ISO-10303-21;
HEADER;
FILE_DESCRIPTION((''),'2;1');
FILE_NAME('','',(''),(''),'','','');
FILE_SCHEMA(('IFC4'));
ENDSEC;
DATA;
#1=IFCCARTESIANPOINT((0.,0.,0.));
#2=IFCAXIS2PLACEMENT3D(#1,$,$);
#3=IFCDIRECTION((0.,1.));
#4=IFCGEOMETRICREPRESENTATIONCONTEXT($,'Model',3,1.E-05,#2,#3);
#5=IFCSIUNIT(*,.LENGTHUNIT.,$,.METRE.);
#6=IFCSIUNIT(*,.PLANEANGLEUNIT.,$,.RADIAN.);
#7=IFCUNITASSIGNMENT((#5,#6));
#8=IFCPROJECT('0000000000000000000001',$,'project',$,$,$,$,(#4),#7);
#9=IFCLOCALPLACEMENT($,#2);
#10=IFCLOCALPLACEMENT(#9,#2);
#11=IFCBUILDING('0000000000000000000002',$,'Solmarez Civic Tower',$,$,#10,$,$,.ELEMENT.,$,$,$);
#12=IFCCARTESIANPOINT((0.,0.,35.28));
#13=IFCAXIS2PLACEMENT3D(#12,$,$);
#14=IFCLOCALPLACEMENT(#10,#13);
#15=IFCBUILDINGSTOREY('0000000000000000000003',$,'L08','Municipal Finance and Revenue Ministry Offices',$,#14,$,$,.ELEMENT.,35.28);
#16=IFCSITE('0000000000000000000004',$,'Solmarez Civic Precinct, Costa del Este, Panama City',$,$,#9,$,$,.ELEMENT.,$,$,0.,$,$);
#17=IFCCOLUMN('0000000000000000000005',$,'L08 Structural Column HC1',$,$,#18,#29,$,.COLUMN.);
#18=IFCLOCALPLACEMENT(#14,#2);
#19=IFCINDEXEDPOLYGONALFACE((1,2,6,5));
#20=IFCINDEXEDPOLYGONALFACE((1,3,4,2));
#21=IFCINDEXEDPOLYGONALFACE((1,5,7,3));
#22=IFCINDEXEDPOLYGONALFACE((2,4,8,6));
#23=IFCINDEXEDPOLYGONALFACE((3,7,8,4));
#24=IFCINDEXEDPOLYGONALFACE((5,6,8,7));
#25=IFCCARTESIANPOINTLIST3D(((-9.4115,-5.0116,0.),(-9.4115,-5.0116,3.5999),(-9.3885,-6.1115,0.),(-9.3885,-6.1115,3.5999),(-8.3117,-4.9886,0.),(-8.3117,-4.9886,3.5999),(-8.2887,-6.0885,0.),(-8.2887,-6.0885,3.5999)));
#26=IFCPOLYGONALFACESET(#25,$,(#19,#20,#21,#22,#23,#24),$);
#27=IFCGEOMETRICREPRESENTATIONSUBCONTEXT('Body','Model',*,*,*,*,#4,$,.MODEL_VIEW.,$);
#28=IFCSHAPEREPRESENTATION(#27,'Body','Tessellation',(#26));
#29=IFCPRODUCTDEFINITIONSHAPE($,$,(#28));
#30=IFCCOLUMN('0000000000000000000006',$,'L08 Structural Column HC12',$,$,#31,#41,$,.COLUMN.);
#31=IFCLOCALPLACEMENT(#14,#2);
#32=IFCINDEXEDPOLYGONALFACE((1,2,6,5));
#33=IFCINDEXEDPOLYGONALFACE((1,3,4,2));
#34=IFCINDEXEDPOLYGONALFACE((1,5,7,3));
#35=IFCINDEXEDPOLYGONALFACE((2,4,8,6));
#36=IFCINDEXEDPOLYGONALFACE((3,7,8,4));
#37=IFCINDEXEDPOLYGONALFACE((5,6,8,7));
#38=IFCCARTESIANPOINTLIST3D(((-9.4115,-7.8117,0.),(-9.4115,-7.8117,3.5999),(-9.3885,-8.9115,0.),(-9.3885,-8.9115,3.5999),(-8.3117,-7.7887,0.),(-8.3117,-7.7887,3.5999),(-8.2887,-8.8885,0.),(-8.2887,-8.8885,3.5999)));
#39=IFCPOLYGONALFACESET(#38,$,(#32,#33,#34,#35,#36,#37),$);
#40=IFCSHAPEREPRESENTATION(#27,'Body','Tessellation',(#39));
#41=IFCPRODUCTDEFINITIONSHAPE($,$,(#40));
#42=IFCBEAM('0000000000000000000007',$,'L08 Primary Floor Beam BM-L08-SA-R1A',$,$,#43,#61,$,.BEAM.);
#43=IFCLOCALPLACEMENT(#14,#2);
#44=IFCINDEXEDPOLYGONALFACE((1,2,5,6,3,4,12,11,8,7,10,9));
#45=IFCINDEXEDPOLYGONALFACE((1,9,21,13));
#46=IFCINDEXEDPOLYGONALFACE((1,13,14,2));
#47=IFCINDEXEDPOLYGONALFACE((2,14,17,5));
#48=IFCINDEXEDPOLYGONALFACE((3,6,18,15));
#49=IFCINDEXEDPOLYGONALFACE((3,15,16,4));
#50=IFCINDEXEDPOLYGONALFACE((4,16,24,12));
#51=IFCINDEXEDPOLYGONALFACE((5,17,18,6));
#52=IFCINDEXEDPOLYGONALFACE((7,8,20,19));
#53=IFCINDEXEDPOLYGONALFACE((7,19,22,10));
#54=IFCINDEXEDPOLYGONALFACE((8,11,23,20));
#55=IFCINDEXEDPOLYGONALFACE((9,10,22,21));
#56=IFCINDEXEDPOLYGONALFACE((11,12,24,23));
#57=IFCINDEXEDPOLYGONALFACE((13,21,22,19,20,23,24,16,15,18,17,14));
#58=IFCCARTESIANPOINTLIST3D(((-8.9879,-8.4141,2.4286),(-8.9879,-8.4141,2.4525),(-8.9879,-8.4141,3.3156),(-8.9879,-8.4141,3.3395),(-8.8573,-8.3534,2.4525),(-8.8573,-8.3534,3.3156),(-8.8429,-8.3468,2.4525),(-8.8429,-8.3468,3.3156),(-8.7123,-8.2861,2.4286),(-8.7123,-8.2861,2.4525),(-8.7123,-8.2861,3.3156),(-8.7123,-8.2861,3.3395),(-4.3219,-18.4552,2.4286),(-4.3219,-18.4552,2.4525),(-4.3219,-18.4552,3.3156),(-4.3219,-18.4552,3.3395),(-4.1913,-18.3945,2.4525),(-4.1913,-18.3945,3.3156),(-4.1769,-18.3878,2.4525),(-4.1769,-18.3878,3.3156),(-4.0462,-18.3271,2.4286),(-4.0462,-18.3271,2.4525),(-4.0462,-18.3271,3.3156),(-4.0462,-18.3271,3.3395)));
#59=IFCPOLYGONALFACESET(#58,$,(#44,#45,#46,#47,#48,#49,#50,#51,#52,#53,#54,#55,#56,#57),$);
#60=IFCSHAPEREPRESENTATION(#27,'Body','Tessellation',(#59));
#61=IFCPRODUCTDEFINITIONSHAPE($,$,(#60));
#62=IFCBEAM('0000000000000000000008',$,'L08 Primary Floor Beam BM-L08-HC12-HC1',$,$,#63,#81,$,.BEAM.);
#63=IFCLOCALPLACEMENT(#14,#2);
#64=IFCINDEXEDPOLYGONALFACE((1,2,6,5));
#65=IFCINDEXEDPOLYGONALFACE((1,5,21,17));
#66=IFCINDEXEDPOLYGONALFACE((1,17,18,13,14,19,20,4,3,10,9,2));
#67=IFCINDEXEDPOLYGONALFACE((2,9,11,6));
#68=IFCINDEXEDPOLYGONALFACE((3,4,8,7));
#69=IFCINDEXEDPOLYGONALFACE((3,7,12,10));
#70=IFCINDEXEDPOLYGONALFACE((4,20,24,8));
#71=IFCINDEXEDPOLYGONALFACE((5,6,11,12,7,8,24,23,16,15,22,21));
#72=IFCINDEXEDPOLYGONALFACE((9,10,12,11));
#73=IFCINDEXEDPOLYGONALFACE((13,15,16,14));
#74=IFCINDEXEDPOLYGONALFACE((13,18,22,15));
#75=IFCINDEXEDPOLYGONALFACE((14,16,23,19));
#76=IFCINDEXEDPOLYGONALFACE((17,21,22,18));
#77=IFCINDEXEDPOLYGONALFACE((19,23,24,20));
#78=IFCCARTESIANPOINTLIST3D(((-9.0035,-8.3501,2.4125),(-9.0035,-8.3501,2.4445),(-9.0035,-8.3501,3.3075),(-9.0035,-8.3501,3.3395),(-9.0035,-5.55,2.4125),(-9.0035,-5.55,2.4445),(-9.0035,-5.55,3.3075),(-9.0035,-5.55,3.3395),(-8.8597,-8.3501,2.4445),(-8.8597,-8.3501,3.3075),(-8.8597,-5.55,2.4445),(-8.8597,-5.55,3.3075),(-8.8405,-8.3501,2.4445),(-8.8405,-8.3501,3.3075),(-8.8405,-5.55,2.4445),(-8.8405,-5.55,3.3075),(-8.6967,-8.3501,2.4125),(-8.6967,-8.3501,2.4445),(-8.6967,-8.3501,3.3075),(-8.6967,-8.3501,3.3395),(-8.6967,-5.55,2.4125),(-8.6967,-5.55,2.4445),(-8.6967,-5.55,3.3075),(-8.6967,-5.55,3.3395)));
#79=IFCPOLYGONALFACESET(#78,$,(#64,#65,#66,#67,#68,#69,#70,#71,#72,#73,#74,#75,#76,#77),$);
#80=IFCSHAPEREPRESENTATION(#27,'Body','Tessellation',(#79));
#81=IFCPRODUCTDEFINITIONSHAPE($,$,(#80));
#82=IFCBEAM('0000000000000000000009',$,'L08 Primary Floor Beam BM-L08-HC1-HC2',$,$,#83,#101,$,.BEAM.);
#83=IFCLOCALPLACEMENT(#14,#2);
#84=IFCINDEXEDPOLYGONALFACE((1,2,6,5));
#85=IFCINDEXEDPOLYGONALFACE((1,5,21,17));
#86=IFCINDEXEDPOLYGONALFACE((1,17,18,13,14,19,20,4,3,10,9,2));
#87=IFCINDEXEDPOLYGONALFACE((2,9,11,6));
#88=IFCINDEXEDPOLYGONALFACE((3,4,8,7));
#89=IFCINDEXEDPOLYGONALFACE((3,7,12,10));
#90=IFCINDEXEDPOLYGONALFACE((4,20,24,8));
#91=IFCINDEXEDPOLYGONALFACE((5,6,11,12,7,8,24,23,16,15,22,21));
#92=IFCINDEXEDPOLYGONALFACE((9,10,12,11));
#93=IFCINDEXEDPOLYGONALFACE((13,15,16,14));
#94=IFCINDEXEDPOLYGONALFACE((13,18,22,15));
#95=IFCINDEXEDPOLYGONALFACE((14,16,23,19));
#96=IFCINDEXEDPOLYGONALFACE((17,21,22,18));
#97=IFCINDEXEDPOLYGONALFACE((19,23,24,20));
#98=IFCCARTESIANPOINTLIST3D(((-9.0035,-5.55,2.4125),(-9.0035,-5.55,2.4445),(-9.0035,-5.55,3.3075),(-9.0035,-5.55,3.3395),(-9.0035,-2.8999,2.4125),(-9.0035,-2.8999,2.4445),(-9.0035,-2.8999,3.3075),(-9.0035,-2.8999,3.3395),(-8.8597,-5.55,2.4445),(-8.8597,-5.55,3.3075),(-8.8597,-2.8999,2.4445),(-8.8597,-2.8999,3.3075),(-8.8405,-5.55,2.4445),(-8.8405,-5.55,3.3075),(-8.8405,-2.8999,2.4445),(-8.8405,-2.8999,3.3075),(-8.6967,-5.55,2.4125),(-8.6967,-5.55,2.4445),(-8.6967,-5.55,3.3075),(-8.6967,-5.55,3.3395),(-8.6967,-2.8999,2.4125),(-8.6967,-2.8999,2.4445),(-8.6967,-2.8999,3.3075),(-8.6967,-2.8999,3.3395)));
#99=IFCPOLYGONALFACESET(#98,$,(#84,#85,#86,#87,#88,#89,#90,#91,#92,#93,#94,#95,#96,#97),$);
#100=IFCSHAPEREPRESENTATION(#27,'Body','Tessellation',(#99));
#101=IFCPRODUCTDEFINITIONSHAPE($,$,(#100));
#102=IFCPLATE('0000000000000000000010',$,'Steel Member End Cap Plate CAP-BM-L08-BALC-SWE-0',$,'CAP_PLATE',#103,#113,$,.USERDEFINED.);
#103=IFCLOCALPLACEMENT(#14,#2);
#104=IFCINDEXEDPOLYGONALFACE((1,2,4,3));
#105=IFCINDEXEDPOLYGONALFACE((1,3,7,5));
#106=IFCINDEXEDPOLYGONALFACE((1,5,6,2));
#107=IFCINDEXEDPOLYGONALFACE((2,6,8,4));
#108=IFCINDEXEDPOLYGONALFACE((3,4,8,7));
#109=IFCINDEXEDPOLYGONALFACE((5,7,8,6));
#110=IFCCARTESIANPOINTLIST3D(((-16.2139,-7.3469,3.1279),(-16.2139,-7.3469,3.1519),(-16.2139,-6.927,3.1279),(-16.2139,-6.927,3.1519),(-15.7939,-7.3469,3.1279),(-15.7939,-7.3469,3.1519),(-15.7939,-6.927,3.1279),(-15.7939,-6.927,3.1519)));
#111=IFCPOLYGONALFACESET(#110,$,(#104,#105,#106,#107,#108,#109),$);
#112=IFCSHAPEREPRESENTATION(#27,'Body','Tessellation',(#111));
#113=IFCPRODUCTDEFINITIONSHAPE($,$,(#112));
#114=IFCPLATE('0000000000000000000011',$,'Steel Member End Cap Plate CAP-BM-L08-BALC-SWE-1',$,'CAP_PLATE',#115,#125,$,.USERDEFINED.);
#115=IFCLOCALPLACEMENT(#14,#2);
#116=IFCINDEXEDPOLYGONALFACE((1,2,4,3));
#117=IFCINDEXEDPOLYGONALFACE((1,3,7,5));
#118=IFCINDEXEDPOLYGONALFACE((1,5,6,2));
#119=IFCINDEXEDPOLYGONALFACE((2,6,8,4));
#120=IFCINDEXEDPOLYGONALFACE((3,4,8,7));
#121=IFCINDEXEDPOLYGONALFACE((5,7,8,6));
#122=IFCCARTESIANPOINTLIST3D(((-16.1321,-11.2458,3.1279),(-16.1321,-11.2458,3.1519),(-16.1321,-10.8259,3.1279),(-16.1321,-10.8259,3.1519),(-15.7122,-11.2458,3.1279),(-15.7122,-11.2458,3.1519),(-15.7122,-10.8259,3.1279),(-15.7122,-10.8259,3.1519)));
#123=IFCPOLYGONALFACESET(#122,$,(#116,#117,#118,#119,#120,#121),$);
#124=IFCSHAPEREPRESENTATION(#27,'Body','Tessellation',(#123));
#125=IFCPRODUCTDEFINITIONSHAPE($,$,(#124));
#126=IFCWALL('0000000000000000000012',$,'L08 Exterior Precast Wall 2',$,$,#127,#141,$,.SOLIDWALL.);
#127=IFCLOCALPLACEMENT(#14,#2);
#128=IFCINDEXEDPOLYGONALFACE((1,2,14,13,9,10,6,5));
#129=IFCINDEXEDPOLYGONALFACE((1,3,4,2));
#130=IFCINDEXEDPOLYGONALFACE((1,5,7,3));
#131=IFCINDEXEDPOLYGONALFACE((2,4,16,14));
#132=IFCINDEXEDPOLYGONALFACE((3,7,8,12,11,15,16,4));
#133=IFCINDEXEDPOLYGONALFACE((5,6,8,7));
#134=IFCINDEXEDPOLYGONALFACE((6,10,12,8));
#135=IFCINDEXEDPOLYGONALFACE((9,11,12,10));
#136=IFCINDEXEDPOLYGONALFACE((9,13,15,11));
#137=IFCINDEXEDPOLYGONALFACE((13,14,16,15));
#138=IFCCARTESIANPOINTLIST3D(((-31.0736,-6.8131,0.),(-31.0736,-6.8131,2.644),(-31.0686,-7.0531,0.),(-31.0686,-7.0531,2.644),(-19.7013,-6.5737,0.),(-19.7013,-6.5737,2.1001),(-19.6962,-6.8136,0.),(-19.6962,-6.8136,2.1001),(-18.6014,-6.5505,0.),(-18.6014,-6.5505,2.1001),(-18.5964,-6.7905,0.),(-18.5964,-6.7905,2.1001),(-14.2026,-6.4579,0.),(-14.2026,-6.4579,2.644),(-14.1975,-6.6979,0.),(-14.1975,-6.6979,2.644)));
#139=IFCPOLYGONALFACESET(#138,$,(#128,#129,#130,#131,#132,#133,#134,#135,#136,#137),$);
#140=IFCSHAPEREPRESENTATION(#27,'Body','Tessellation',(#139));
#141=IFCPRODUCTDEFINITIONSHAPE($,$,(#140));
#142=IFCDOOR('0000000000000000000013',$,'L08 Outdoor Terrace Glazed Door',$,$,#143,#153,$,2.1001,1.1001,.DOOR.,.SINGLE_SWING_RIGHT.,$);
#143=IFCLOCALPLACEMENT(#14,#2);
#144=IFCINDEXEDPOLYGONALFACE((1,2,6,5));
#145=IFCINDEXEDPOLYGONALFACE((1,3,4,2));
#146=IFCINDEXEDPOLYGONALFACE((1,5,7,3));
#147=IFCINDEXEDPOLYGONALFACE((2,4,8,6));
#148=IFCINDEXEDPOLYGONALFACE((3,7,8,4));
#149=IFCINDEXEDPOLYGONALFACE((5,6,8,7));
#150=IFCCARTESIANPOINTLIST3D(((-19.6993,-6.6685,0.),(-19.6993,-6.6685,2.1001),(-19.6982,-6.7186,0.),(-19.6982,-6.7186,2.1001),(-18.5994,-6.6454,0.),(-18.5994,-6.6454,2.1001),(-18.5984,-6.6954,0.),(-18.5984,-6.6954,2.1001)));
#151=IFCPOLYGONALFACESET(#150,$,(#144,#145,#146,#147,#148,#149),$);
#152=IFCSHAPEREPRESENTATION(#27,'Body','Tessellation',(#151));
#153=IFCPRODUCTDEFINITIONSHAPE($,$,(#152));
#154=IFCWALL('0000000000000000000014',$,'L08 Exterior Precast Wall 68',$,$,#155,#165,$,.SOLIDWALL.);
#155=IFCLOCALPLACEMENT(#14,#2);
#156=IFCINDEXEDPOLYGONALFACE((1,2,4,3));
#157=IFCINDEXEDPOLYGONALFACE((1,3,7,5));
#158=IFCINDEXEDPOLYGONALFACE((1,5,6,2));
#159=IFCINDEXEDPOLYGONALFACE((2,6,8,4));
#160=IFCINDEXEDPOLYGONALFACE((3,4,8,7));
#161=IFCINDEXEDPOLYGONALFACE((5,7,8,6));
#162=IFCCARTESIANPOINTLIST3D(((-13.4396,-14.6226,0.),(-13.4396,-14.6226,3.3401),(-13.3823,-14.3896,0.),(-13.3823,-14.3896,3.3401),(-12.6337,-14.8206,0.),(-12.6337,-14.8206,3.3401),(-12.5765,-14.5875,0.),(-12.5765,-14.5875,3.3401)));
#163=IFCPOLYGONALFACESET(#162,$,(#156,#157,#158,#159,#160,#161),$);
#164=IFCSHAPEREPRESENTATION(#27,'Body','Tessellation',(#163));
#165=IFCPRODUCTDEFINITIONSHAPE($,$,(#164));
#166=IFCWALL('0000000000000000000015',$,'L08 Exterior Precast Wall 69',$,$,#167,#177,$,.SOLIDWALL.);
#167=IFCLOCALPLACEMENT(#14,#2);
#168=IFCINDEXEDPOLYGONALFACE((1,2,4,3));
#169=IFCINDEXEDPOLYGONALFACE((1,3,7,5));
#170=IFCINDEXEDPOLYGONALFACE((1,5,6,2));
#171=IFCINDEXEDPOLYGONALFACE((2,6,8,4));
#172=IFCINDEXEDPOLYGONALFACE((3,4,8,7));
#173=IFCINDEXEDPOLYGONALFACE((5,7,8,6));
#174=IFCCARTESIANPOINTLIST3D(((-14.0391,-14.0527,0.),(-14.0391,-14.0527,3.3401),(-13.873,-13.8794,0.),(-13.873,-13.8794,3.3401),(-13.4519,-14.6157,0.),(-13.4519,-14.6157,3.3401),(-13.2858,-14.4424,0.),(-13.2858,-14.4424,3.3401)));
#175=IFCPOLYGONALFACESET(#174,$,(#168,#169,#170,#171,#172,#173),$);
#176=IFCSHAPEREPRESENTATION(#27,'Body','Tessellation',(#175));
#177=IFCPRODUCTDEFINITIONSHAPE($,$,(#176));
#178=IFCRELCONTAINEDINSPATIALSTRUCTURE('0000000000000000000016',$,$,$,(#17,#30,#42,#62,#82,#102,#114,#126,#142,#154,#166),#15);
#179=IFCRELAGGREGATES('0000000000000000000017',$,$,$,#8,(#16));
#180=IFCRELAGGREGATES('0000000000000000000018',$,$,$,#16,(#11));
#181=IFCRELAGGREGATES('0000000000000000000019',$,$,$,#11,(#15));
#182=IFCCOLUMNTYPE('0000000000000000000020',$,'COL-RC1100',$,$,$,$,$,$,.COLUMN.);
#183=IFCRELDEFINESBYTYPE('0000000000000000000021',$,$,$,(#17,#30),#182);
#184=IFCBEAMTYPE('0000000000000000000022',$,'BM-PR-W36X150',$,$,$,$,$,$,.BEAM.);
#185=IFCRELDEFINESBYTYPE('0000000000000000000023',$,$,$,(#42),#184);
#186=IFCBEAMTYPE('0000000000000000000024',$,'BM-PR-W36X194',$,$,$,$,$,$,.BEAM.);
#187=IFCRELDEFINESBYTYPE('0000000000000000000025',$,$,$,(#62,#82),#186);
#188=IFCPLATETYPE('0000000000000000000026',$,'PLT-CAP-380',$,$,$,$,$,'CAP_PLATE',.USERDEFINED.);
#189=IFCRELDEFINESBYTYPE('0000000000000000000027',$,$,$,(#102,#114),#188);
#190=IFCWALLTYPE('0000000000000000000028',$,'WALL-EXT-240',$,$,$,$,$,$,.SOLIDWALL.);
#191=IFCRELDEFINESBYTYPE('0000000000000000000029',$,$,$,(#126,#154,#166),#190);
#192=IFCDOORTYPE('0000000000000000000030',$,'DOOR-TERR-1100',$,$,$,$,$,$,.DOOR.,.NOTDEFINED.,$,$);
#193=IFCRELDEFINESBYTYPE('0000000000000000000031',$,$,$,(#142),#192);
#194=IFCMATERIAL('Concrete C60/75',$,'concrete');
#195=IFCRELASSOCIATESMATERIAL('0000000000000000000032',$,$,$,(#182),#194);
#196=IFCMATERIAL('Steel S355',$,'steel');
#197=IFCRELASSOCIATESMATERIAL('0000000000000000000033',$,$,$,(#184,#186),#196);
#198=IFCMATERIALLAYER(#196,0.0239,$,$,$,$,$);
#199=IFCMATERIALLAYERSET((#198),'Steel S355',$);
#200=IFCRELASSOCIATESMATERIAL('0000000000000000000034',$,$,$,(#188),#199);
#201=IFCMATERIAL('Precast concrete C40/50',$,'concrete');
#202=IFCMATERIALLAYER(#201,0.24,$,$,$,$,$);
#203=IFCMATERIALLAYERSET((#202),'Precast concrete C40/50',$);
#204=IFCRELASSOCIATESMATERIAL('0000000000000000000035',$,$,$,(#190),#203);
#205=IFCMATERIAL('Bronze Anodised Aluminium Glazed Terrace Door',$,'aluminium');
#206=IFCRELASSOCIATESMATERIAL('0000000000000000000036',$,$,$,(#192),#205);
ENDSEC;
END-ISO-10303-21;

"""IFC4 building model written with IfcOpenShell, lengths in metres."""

from ifc_helpers import new_model, si_unit, direction, frame, frame_2d, origin, origin_2d, place, context, subcontext, project, spatial, rectangle, i_section, extrude, material, layer, layer_set, material_profile, profile_set, type_object, element, fill, save


model = new_model("IFC4")

# Units and contexts
model_context = context("Model", 3, precision=1e-05, world=origin(), true_north=direction((0.0, 1.0)))
body_context = subcontext(model_context, "Body", "Model", "MODEL_VIEW")
ifc_project = project(units=[si_unit("LENGTHUNIT", "METRE"), si_unit("PLANEANGLEUNIT", "RADIAN")], contexts=[model_context])

# Site, building, storey
site_placement = place(None, origin())
site = spatial("IfcSite", under=ifc_project, at=site_placement, Name="Solmarez Civic Precinct, Costa del Este, Panama City", CompositionType="ELEMENT", RefElevation=0.0)
building_placement = place(site_placement, origin())
building = spatial("IfcBuilding", under=site, at=building_placement, Name="Solmarez Civic Tower", CompositionType="ELEMENT")
storey_placement = place(building_placement, frame((0.0, 0.0, 35.28)))
storey = spatial("IfcBuildingStorey", under=building, at=storey_placement, Name="L08", Description="Municipal Finance and Revenue Ministry Offices", CompositionType="ELEMENT", Elevation=35.28)

# Columns
ifc_material_1 = material(Name="Concrete C60/75", Category="concrete")
ifc_material_profile_1 = material_profile(ifc_material_1, rectangle(XDim=1.1001, YDim=1.1001, at=origin_2d()), Name="RC1100X1100")
ifc_profile_set_1 = profile_set([ifc_material_profile_1], Name="Concrete C60/75")
column_type = type_object("IfcColumnType", Name="COL-RC1100", PredefinedType="COLUMN", material=ifc_profile_set_1)
for number, where, z_axis, x_axis, name in (
    (1, (-8.8501, -5.55, 0.0), (0.0, 0.0, 1.0), (0.999781, 0.020942, 0.0), "L08 Structural Column HC1"),
    (2, (-8.8501, -8.3501, 0.0), (0.0, 0.0, 1.0), (0.999781, 0.020942, 0.0), "L08 Structural Column HC12"),
):
    element("IfcColumn", number, at=place(storey_placement, frame(where, z_axis=z_axis, x_axis=x_axis)), inside=storey, type_object=column_type, Name=name, PredefinedType="COLUMN", context=body_context, shape_type="SweptSolid", body=[
        extrude(rectangle(XDim=1.1001, YDim=1.1001, at=origin_2d()), origin(), (0.0, 0.0, 1.0), 3.5999),
    ])

# Beams
ifc_material_2 = material(Name="Steel S355", Category="steel")
ifc_material_profile_2 = material_profile(ifc_material_2, i_section(OverallWidth=0.304, OverallDepth=0.9109, WebThickness=0.0159, FlangeThickness=0.0239, at=origin_2d()), Name="W36X150")
ifc_profile_set_2 = profile_set([ifc_material_profile_2], Name="Steel S355")
beam_type_1 = type_object("IfcBeamType", Name="BM-PR-W36X150", PredefinedType="BEAM", material=ifc_profile_set_2)
beam_1_placement = place(storey_placement, frame((-8.8501, -8.3501, 2.884), z_axis=(0.421417, -0.906867, 0.0), x_axis=(0.906867, 0.421417, 0.0)))
element("IfcBeam", 3, at=beam_1_placement, inside=storey, type_object=beam_type_1, Name="L08 Primary Floor Beam BM-L08-SA-R1A", PredefinedType="BEAM", context=body_context, shape_type="SweptSolid", body=[
    extrude(i_section(OverallWidth=0.304, OverallDepth=0.9109, WebThickness=0.0159, FlangeThickness=0.0239, at=origin_2d()), origin(), (0.0, 0.0, 1.0), 11.0723),
])
ifc_material_profile_3 = material_profile(ifc_material_2, i_section(OverallWidth=0.3069, OverallDepth=0.927, WebThickness=0.0193, FlangeThickness=0.032, at=origin_2d()), Name="W36X194")
ifc_profile_set_3 = profile_set([ifc_material_profile_3], Name="Steel S355")
beam_type_2 = type_object("IfcBeamType", Name="BM-PR-W36X194", PredefinedType="BEAM", material=ifc_profile_set_3)
beam_2_placement = place(storey_placement, frame((-8.8501, -8.3501, 2.876), z_axis=(0.0, 1.0, 0.0), x_axis=(-1.0, 0.0, 0.0)))
element("IfcBeam", 4, at=beam_2_placement, inside=storey, type_object=beam_type_2, Name="L08 Primary Floor Beam BM-L08-HC12-HC1", PredefinedType="BEAM", context=body_context, shape_type="SweptSolid", body=[
    extrude(i_section(OverallWidth=0.3069, OverallDepth=0.927, WebThickness=0.0193, FlangeThickness=0.032, at=origin_2d()), origin(), (0.0, 0.0, 1.0), 2.8),
])
beam_3_placement = place(storey_placement, frame((-8.8501, -5.55, 2.876), z_axis=(0.0, 1.0, 0.0), x_axis=(-1.0, 0.0, 0.0)))
element("IfcBeam", 5, at=beam_3_placement, inside=storey, type_object=beam_type_2, Name="L08 Primary Floor Beam BM-L08-HC1-HC2", PredefinedType="BEAM", context=body_context, shape_type="SweptSolid", body=[
    extrude(i_section(OverallWidth=0.3069, OverallDepth=0.927, WebThickness=0.0193, FlangeThickness=0.032, at=origin_2d()), origin(), (0.0, 0.0, 1.0), 2.6501),
])

# Plates
ifc_layer_1 = layer(ifc_material_2, 0.0239)
ifc_layer_set_1 = layer_set([ifc_layer_1], Name="Steel S355")
plate_type = type_object("IfcPlateType", Name="PLT-CAP-380", ElementType="CAP_PLATE", PredefinedType="USERDEFINED", material=ifc_layer_set_1)
for number, where, z_axis, x_axis, name in (
    (6, (-16.0039, -7.137, 3.1279), (0.0, 0.0, 1.0), (1.0, 0.0, 0.0), "Steel Member End Cap Plate CAP-BM-L08-BALC-SWE-0"),
    (7, (-15.9221, -11.0359, 3.1279), (0.0, 0.0, 1.0), (1.0, 0.0, 0.0), "Steel Member End Cap Plate CAP-BM-L08-BALC-SWE-1"),
):
    element("IfcPlate", number, at=place(storey_placement, frame(where, z_axis=z_axis, x_axis=x_axis)), inside=storey, type_object=plate_type, Name=name, ObjectType="CAP_PLATE", PredefinedType="USERDEFINED", context=body_context, shape_type="SweptSolid", body=[
        extrude(rectangle(XDim=0.4199, YDim=0.4199, at=origin_2d()), origin(), (0.0, 0.0, 1.0), 0.0239),
    ])

# Wall, opening, door
ifc_material_3 = material(Name="Precast concrete C40/50", Category="concrete")
ifc_layer_2 = layer(ifc_material_3, 0.24)
ifc_layer_set_2 = layer_set([ifc_layer_2], Name="Precast concrete C40/50")
wall_type_1 = type_object("IfcWallType", Name="WALL-EXT-240", PredefinedType="SOLIDWALL", material=ifc_layer_set_2)
wall_1_placement = place(storey_placement, frame((-14.2, -6.5779, 0.0), z_axis=(0.0, 0.0, 1.0), x_axis=(-0.999778, -0.021051, 0.0)))
wall_1 = element("IfcWall", 8, at=wall_1_placement, inside=storey, type_object=wall_type_1, Name="L08 Exterior Precast Wall 2", PredefinedType="SOLIDWALL", context=body_context, shape_type="SweptSolid", body=[
    extrude(rectangle(XDim=16.8748, YDim=0.24, at=frame_2d((8.4375, 0.0))), origin(), (0.0, 0.0, 1.0), 2.644),
])
opening_placement = place(wall_1_placement, frame((4.3999, 0.0, 0.0)))
opening = element("IfcOpeningElement", 9, at=opening_placement, cuts=wall_1, PredefinedType="OPENING", context=body_context, shape_type="SweptSolid", body=[
    extrude(rectangle(XDim=1.1001, YDim=2.1001, at=frame_2d((0.55, 1.05))), frame((0.0, 0.1299, 0.0), z_axis=(0.0, -1.0, 0.0), x_axis=(1.0, 0.0, 0.0)), (0.0, 0.0, 1.0), 0.26),
])
ifc_material_4 = material(Name="Bronze Anodised Aluminium Glazed Terrace Door", Category="aluminium")
door_type = type_object("IfcDoorType", Name="DOOR-TERR-1100", OperationType="NOTDEFINED", PredefinedType="DOOR", material=ifc_material_4)
door_placement = place(opening_placement, origin())
door = element("IfcDoor", 10, at=door_placement, inside=storey, type_object=door_type, Name="L08 Outdoor Terrace Glazed Door", OperationType="SINGLE_SWING_RIGHT", OverallHeight=2.1001, OverallWidth=1.1001, PredefinedType="DOOR", context=body_context, shape_type="SweptSolid", body=[
    extrude(rectangle(XDim=1.1001, YDim=2.1001, at=frame_2d((0.55, 1.05))), frame((0.0, 0.0249, 0.0), z_axis=(0.0, -1.0, 0.0), x_axis=(1.0, 0.0, 0.0)), (0.0, 0.0, 1.0), 0.05),
])
fill(opening, door)

# Walls
wall_2_placement = place(storey_placement, frame((-12.605, -14.7041, 0.0), z_axis=(0.0, 0.0, 1.0), x_axis=(-0.971121, 0.238588, 0.0)))
element("IfcWall", 11, at=wall_2_placement, inside=storey, type_object=wall_type_1, Name="L08 Exterior Precast Wall 68", PredefinedType="SOLIDWALL", context=body_context, shape_type="SweptSolid", body=[
    extrude(rectangle(XDim=0.8298, YDim=0.24, at=frame_2d((0.415, 0.0))), origin(), (0.0, 0.0, 1.0), 3.3401),
])
wall_3_placement = place(storey_placement, frame((-13.3689, -14.5291, 0.0), z_axis=(0.0, 0.0, 1.0), x_axis=(-0.721807, 0.692094, 0.0)))
element("IfcWall", 12, at=wall_3_placement, inside=storey, type_object=wall_type_1, Name="L08 Exterior Precast Wall 69", PredefinedType="SOLIDWALL", context=body_context, shape_type="SweptSolid", body=[
    extrude(rectangle(XDim=0.8135, YDim=0.24, at=frame_2d((0.4067, 0.0))), origin(), (0.0, 0.0, 1.0), 3.3401),
])

save(model, "model.ifc")
